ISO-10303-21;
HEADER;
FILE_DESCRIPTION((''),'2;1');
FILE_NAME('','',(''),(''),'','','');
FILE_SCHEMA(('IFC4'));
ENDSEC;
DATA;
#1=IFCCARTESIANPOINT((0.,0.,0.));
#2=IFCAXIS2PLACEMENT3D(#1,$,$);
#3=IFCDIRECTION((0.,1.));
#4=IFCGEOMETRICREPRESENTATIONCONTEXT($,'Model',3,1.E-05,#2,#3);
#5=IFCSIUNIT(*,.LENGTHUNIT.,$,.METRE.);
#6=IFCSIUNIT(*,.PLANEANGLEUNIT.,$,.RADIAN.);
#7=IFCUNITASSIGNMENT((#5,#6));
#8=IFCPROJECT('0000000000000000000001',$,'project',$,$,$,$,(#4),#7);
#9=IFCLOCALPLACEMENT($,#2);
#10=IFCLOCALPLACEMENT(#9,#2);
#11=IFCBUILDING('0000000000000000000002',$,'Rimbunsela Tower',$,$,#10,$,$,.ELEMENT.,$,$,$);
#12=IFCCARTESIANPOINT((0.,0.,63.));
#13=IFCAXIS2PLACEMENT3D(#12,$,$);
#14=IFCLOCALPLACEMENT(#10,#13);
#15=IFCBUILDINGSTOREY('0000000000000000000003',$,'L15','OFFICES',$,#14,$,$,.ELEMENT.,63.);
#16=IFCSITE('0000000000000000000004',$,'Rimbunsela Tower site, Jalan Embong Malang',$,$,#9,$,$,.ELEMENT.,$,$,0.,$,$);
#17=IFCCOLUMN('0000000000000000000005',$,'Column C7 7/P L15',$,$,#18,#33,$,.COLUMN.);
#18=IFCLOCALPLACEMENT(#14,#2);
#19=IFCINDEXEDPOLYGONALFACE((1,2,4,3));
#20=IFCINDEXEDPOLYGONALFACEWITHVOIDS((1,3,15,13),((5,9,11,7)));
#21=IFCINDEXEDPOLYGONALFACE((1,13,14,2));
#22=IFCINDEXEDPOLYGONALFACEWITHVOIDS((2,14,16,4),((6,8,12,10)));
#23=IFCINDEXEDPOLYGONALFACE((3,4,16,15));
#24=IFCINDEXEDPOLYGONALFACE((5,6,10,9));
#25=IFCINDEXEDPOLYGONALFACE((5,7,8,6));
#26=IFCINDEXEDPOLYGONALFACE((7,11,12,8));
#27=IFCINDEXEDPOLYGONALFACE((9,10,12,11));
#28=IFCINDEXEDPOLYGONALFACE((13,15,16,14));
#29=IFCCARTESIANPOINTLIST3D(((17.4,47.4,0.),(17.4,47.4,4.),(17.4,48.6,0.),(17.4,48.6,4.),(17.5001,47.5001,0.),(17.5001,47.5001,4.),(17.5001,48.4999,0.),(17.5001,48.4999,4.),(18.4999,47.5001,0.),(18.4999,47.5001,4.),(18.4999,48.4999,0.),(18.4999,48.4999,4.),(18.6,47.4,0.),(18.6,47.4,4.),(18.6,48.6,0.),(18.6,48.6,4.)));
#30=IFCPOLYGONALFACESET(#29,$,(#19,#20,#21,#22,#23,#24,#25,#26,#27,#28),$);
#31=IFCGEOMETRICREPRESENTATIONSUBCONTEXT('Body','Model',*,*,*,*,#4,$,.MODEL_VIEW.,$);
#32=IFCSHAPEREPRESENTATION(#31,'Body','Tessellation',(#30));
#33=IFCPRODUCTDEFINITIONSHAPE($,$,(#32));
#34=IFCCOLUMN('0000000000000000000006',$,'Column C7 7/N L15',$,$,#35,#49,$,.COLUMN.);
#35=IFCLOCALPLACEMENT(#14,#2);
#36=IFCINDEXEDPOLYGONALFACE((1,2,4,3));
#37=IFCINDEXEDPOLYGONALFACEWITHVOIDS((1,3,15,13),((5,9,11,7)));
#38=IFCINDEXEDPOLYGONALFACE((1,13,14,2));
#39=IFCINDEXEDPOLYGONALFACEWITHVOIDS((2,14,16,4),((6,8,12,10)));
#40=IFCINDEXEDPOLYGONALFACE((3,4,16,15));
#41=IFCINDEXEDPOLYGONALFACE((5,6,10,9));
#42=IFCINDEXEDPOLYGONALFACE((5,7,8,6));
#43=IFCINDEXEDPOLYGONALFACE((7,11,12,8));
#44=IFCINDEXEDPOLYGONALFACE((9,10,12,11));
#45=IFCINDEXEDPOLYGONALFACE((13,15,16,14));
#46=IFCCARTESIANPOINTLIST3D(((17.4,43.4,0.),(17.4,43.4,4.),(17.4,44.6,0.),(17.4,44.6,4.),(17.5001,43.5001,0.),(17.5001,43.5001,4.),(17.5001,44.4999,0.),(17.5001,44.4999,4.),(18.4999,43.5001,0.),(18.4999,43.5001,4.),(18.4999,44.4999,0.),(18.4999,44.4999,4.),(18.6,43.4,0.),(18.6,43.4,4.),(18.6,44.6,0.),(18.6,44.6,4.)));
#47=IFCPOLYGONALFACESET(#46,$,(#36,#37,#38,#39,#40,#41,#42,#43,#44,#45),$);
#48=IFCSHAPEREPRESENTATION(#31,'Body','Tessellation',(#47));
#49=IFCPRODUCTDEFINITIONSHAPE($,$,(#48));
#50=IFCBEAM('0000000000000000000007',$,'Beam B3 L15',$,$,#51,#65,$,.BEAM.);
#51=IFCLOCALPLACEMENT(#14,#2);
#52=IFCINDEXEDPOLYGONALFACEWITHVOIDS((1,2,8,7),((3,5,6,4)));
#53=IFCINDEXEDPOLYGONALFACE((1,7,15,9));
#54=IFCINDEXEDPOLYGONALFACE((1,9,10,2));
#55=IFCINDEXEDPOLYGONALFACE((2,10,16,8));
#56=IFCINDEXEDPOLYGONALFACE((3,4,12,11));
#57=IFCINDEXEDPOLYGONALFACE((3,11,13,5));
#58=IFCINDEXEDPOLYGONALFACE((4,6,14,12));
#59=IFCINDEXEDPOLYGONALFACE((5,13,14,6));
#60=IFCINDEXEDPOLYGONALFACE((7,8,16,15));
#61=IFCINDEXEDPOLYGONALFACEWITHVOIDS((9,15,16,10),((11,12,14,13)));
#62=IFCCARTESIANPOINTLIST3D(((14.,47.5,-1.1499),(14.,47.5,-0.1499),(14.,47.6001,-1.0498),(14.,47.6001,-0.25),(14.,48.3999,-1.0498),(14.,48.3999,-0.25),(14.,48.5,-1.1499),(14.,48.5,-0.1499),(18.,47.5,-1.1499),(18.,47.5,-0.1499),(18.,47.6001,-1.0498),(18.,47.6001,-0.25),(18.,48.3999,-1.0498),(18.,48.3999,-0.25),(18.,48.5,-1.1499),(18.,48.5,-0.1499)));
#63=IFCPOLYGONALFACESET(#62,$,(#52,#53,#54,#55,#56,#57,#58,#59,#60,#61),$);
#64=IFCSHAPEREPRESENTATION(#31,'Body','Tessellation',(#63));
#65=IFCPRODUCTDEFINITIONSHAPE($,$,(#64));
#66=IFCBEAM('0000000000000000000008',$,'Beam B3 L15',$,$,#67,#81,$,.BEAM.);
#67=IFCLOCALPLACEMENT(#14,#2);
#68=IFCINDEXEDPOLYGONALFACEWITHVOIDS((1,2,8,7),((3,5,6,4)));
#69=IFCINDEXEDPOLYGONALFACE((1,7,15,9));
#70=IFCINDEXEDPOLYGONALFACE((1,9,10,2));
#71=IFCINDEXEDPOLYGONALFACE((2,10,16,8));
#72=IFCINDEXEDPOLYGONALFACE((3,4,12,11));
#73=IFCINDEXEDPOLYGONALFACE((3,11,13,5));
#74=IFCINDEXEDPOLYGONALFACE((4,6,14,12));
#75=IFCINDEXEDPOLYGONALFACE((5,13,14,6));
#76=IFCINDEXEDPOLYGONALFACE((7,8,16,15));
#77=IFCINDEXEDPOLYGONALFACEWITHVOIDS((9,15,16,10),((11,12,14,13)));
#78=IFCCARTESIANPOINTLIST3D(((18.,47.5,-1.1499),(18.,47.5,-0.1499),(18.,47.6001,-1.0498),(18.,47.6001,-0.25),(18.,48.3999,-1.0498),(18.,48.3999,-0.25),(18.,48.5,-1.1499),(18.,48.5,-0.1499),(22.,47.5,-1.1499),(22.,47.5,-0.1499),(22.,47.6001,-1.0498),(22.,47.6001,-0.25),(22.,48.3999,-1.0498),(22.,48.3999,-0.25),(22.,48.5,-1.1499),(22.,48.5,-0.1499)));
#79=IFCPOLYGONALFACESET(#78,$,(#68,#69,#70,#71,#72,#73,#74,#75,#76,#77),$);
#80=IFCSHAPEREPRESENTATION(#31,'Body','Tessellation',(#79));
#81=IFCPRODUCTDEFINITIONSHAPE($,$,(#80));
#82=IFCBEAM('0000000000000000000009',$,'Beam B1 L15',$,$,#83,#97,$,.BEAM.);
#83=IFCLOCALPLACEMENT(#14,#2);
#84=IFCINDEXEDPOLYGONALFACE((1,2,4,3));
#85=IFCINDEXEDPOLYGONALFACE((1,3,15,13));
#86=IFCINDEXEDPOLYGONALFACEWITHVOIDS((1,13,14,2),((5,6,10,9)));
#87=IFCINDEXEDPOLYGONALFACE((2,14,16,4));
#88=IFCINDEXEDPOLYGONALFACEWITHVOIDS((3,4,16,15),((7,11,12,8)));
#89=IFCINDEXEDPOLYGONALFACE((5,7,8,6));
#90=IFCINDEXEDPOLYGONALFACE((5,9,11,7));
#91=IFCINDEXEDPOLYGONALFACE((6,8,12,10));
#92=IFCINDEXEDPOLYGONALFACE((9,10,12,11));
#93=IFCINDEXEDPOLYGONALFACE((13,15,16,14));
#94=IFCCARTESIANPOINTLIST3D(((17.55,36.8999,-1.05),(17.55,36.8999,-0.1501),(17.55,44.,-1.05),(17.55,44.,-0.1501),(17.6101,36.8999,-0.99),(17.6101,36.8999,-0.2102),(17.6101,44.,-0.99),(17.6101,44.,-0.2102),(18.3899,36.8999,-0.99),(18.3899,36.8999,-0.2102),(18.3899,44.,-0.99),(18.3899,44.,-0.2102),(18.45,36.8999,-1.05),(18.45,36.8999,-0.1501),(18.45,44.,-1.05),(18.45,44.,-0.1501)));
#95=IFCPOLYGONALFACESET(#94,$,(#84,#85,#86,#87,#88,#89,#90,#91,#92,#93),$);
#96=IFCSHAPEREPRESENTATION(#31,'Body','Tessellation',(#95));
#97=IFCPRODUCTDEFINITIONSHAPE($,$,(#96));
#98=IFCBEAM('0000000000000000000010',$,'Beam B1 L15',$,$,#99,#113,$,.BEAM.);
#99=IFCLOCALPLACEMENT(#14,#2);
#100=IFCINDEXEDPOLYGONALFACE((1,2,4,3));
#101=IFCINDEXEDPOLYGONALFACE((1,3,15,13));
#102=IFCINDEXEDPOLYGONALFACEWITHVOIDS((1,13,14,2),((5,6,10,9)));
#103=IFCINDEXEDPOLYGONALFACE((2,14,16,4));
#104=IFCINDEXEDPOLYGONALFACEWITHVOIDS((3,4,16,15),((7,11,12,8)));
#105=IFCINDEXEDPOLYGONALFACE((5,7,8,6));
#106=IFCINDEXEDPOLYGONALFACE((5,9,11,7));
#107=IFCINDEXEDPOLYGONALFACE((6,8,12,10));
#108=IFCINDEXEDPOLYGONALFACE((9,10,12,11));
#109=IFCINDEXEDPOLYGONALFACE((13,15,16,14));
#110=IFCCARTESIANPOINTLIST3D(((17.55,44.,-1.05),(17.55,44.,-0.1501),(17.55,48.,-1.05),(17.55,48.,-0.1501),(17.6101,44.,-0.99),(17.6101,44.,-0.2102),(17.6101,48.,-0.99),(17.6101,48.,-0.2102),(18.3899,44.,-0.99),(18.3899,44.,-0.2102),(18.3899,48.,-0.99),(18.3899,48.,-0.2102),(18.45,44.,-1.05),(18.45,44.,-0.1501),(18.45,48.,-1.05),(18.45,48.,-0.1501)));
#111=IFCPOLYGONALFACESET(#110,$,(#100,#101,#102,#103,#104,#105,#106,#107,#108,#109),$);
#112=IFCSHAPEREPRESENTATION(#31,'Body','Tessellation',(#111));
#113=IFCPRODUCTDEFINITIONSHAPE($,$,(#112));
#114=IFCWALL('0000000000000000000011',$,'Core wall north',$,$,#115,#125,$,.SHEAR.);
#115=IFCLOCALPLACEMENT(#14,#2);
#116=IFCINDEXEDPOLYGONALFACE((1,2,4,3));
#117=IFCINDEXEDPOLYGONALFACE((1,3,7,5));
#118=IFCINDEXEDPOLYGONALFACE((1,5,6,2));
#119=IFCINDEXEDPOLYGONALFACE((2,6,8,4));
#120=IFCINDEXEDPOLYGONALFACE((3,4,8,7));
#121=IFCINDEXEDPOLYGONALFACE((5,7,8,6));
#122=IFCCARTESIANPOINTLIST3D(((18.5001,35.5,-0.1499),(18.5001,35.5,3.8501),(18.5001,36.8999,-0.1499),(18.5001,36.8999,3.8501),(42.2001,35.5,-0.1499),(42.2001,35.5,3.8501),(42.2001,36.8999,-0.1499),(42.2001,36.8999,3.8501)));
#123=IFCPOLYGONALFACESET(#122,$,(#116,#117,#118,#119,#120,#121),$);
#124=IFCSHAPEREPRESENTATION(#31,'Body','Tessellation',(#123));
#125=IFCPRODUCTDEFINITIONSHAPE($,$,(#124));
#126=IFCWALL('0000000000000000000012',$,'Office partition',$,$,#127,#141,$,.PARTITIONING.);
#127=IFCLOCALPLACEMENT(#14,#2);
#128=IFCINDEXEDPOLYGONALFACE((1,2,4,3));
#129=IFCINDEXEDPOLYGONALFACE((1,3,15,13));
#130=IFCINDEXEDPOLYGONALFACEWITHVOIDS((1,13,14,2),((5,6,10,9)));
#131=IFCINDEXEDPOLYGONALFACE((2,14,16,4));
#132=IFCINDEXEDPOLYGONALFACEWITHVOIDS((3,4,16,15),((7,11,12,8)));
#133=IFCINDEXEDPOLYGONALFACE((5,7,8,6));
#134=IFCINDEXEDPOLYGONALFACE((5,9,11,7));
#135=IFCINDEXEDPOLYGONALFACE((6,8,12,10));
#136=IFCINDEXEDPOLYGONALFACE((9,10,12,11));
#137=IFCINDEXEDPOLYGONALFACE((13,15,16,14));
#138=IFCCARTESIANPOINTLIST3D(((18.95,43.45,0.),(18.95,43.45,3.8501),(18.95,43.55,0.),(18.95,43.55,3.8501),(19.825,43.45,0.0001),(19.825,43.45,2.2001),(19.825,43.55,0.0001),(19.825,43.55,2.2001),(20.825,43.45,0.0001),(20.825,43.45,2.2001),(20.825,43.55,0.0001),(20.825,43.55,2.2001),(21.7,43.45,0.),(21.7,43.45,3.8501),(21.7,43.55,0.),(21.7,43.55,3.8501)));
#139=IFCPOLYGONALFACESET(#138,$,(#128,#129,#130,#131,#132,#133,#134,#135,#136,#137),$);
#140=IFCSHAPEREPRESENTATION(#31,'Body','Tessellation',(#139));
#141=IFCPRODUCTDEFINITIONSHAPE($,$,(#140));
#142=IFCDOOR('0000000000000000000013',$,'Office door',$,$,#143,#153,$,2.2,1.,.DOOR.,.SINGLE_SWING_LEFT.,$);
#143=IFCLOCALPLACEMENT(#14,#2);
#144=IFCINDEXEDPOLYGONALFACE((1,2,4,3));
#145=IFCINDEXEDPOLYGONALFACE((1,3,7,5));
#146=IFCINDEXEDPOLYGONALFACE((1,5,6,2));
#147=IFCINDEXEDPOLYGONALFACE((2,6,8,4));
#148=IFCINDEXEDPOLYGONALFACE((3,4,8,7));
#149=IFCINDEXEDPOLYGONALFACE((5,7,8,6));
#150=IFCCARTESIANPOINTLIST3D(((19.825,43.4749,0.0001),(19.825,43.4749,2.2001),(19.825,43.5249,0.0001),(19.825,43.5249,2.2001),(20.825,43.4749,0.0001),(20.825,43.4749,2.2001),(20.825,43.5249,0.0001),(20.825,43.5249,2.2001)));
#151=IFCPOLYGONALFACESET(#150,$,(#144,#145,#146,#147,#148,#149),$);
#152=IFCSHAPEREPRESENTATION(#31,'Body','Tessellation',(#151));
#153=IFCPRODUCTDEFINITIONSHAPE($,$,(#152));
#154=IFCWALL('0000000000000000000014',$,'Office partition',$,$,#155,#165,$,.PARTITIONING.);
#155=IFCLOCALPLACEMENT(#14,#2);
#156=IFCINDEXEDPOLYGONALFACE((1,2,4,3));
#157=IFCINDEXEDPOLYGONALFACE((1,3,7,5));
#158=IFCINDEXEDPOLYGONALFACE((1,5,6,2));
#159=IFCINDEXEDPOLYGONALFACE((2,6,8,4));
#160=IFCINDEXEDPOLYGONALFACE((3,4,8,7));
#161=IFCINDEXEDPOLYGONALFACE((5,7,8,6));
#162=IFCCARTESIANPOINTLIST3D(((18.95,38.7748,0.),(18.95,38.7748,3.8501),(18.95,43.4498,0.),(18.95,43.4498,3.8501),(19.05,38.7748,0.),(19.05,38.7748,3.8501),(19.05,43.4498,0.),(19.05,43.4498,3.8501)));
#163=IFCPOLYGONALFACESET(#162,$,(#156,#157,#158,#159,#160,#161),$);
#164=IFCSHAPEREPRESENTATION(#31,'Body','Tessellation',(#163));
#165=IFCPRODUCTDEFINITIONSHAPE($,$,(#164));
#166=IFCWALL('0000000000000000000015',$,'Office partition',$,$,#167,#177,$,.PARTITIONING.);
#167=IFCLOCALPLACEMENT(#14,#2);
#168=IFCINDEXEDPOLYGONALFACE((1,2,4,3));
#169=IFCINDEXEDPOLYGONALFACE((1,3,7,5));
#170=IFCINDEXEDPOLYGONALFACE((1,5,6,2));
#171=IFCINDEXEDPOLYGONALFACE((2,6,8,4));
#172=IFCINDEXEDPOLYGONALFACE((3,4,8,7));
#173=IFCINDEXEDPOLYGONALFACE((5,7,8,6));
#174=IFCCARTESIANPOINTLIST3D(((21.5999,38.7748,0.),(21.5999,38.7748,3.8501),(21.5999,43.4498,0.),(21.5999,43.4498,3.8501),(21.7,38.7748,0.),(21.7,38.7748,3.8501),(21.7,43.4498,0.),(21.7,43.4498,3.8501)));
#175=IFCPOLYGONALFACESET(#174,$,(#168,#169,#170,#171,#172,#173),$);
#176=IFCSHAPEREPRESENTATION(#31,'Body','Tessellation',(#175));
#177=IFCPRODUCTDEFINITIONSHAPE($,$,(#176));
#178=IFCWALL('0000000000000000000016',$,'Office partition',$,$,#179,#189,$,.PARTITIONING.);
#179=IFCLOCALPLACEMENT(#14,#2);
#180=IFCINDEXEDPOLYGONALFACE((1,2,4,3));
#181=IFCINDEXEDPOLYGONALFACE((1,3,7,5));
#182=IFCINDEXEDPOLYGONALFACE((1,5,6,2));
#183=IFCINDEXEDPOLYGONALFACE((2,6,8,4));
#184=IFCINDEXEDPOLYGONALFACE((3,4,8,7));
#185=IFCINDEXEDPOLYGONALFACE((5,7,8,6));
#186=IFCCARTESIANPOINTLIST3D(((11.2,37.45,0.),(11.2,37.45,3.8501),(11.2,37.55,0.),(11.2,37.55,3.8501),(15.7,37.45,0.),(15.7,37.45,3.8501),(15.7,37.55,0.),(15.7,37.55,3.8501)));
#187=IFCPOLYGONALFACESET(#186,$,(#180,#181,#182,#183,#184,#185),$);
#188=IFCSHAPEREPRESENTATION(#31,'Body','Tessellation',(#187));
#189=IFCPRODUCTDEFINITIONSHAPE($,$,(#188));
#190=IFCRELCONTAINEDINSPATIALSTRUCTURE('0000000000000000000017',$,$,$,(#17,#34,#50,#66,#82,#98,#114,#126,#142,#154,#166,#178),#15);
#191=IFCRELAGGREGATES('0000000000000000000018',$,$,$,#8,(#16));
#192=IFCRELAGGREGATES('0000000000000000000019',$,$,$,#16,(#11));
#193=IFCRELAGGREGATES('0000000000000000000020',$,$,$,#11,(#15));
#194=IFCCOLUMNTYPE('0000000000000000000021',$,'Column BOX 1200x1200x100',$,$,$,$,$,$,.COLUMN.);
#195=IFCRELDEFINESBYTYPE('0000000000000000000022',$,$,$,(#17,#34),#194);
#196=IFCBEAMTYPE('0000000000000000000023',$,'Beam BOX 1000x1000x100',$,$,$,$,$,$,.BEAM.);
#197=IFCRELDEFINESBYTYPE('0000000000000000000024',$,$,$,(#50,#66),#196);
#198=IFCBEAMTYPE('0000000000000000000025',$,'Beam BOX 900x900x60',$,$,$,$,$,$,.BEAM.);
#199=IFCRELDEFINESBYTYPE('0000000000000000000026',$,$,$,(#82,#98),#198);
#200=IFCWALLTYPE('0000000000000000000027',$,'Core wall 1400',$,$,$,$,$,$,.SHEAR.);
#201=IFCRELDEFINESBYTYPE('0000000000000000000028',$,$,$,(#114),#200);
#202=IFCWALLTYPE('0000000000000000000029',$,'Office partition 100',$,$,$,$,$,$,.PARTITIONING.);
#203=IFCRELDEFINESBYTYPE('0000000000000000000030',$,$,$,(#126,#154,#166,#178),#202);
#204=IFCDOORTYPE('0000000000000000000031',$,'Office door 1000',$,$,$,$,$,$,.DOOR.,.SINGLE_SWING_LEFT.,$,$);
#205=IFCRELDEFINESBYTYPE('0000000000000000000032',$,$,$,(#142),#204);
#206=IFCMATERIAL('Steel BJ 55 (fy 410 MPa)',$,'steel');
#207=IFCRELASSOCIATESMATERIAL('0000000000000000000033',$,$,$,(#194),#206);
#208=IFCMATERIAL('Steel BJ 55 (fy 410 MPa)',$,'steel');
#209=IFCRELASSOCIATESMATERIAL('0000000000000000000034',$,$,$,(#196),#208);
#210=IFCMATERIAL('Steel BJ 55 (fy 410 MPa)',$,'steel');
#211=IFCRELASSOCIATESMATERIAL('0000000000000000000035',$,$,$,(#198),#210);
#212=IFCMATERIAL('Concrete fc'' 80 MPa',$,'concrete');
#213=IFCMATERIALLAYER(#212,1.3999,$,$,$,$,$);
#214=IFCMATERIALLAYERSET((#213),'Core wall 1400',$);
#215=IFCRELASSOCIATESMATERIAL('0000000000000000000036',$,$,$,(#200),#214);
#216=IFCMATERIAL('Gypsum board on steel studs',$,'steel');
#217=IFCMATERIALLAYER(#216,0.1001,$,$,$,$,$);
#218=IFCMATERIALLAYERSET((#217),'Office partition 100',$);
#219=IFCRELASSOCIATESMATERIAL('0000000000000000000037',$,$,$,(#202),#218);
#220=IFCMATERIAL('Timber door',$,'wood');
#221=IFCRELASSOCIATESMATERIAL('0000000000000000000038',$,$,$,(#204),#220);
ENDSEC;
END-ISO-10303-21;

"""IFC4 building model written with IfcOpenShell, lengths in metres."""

from ifc_helpers import new_model, si_unit, direction, frame, frame_2d, origin, origin_2d, place, context, subcontext, project, spatial, rectangle, hollow_rectangle, extrude, material, layer, layer_set, material_profile, profile_set, type_object, element, fill, save


model = new_model("IFC4")

# Units and contexts
model_context = context("Model", 3, precision=1e-05, world=origin(), true_north=direction((0.0, 1.0)))
body_context = subcontext(model_context, "Body", "Model", "MODEL_VIEW")
ifc_project = project(units=[si_unit("LENGTHUNIT", "METRE"), si_unit("PLANEANGLEUNIT", "RADIAN")], contexts=[model_context])

# Site, building, storey
site_placement = place(None, origin())
site = spatial("IfcSite", under=ifc_project, at=site_placement, Name="Rimbunsela Tower site, Jalan Embong Malang", CompositionType="ELEMENT", RefElevation=0.0)
building_placement = place(site_placement, origin())
building = spatial("IfcBuilding", under=site, at=building_placement, Name="Rimbunsela Tower", CompositionType="ELEMENT")
storey_placement = place(building_placement, frame((0.0, 0.0, 63.0)))
storey = spatial("IfcBuildingStorey", under=building, at=storey_placement, Name="L15", Description="OFFICES", CompositionType="ELEMENT", Elevation=63.0)

# Columns
ifc_material_1 = material(Name="Steel BJ 55 (fy 410 MPa)", Category="steel")
ifc_material_profile_1 = material_profile(ifc_material_1, hollow_rectangle(XDim=1.2, YDim=1.2, WallThickness=0.1001, at=origin_2d()), Name="BOX 1200x1200x100")
ifc_profile_set_1 = profile_set([ifc_material_profile_1], Name="Steel BJ 55 (fy 410 MPa)")
column_type = type_object("IfcColumnType", Name="Column BOX 1200x1200x100", PredefinedType="COLUMN", material=ifc_profile_set_1)
for number, where, z_axis, x_axis, name in (
    (1, (18.0, 48.0, 0.0), (0.0, 0.0, 1.0), (1.0, 0.0, 0.0), "Column C7 7/P L15"),
    (2, (18.0, 44.0, 0.0), (0.0, 0.0, 1.0), (1.0, 0.0, 0.0), "Column C7 7/N L15"),
):
    element("IfcColumn", number, at=place(storey_placement, frame(where, z_axis=z_axis, x_axis=x_axis)), inside=storey, type_object=column_type, Name=name, PredefinedType="COLUMN", context=body_context, shape_type="SweptSolid", body=[
        extrude(hollow_rectangle(XDim=1.2, YDim=1.2, WallThickness=0.1001, at=origin_2d()), origin(), (0.0, 0.0, 1.0), 4.0),
    ])

# Beams
ifc_material_2 = material(Name="Steel BJ 55 (fy 410 MPa)", Category="steel")
ifc_material_profile_2 = material_profile(ifc_material_2, hollow_rectangle(XDim=1.0, YDim=1.0, WallThickness=0.1001, at=origin_2d()), Name="BOX 1000x1000x100")
ifc_profile_set_2 = profile_set([ifc_material_profile_2], Name="Steel BJ 55 (fy 410 MPa)")
beam_type_1 = type_object("IfcBeamType", Name="Beam BOX 1000x1000x100", PredefinedType="BEAM", material=ifc_profile_set_2)
for number, where, z_axis, x_axis, name in (
    (3, (14.0, 48.0, -0.6499), (1.0, 0.0, 0.0), (0.0, 1.0, 0.0), "Beam B3 L15"),
    (4, (18.0, 48.0, -0.6499), (1.0, 0.0, 0.0), (0.0, 1.0, 0.0), "Beam B3 L15"),
):
    element("IfcBeam", number, at=place(storey_placement, frame(where, z_axis=z_axis, x_axis=x_axis)), inside=storey, type_object=beam_type_1, Name=name, PredefinedType="BEAM", context=body_context, shape_type="SweptSolid", body=[
        extrude(hollow_rectangle(XDim=1.0, YDim=1.0, WallThickness=0.1001, at=origin_2d()), origin(), (0.0, 0.0, 1.0), 4.0),
    ])
ifc_material_3 = material(Name="Steel BJ 55 (fy 410 MPa)", Category="steel")
ifc_material_profile_3 = material_profile(ifc_material_3, hollow_rectangle(XDim=0.8999, YDim=0.8999, WallThickness=0.0601, at=origin_2d()), Name="BOX 900x900x60")
ifc_profile_set_3 = profile_set([ifc_material_profile_3], Name="Steel BJ 55 (fy 410 MPa)")
beam_type_2 = type_object("IfcBeamType", Name="Beam BOX 900x900x60", PredefinedType="BEAM", material=ifc_profile_set_3)
beam_1_placement = place(storey_placement, frame((18.0, 36.8999, -0.6001), z_axis=(0.0, 1.0, 0.0), x_axis=(-1.0, 0.0, 0.0)))
element("IfcBeam", 5, at=beam_1_placement, inside=storey, type_object=beam_type_2, Name="Beam B1 L15", PredefinedType="BEAM", context=body_context, shape_type="SweptSolid", body=[
    extrude(hollow_rectangle(XDim=0.8999, YDim=0.8999, WallThickness=0.0601, at=origin_2d()), origin(), (0.0, 0.0, 1.0), 7.1001),
])
beam_2_placement = place(storey_placement, frame((18.0, 44.0, -0.6001), z_axis=(0.0, 1.0, 0.0), x_axis=(-1.0, 0.0, 0.0)))
element("IfcBeam", 6, at=beam_2_placement, inside=storey, type_object=beam_type_2, Name="Beam B1 L15", PredefinedType="BEAM", context=body_context, shape_type="SweptSolid", body=[
    extrude(hollow_rectangle(XDim=0.8999, YDim=0.8999, WallThickness=0.0601, at=origin_2d()), origin(), (0.0, 0.0, 1.0), 4.0),
])

# Wall
ifc_material_4 = material(Name="Concrete fc' 80 MPa", Category="concrete")
ifc_layer_1 = layer(ifc_material_4, 1.3999)
ifc_layer_set_1 = layer_set([ifc_layer_1], Name="Core wall 1400")
wall_type_1 = type_object("IfcWallType", Name="Core wall 1400", PredefinedType="SHEAR", material=ifc_layer_set_1)
wall_1_placement = place(storey_placement, frame((18.5, 36.2, -0.1499), z_axis=(0.0, 0.0, 1.0), x_axis=(1.0, 0.0, 0.0)))
element("IfcWall", 7, at=wall_1_placement, inside=storey, type_object=wall_type_1, Name="Core wall north", PredefinedType="SHEAR", context=body_context, shape_type="SweptSolid", body=[
    extrude(rectangle(XDim=23.7, YDim=1.3999, at=frame_2d((11.8501, 0.0))), origin(), (0.0, 0.0, 1.0), 4.0),
])

# Wall, opening, door
ifc_material_5 = material(Name="Gypsum board on steel studs", Category="steel")
ifc_layer_2 = layer(ifc_material_5, 0.1001)
ifc_layer_set_2 = layer_set([ifc_layer_2], Name="Office partition 100")
wall_type_2 = type_object("IfcWallType", Name="Office partition 100", PredefinedType="PARTITIONING", material=ifc_layer_set_2)
wall_2_placement = place(storey_placement, frame((18.95, 43.5, 0.0), z_axis=(0.0, 0.0, 1.0), x_axis=(1.0, 0.0, 0.0)))
wall_2 = element("IfcWall", 8, at=wall_2_placement, inside=storey, type_object=wall_type_2, Name="Office partition", PredefinedType="PARTITIONING", context=body_context, shape_type="SweptSolid", body=[
    extrude(rectangle(XDim=2.75, YDim=0.1001, at=frame_2d((1.375, 0.0))), origin(), (0.0, 0.0, 1.0), 3.8501),
])
opening_1_placement = place(wall_2_placement, frame((0.875, 0.0, 0.0)))
opening_1 = element("IfcOpeningElement", 9, at=opening_1_placement, cuts=wall_2, PredefinedType="OPENING", context=body_context, shape_type="SweptSolid", body=[
    extrude(rectangle(XDim=1.0, YDim=2.2, at=frame_2d((0.5, 1.1001))), frame((0.0, 0.0601, 0.0), z_axis=(0.0, -1.0, 0.0), x_axis=(1.0, 0.0, 0.0)), (0.0, 0.0, 1.0), 0.1201),
])
ifc_material_6 = material(Name="Timber door", Category="wood")
door_type_1 = type_object("IfcDoorType", Name="Office door 1000", OperationType="SINGLE_SWING_LEFT", PredefinedType="DOOR", material=ifc_material_6)
door_1_placement = place(opening_1_placement, origin())
door_1 = element("IfcDoor", 10, at=door_1_placement, inside=storey, type_object=door_type_1, Name="Office door", OperationType="SINGLE_SWING_LEFT", OverallHeight=2.2, OverallWidth=1.0, PredefinedType="DOOR", context=body_context, shape_type="SweptSolid", body=[
    extrude(rectangle(XDim=1.0, YDim=2.2, at=frame_2d((0.5, 1.1001))), frame((0.0, 0.0249, 0.0), z_axis=(0.0, -1.0, 0.0), x_axis=(1.0, 0.0, 0.0)), (0.0, 0.0, 1.0), 0.05),
])
fill(opening_1, door_1)

# Walls
for number, where, z_axis, x_axis, name in (
    (11, (19.0, 38.7749, 0.0), (0.0, 0.0, 1.0), (0.0, 1.0, 0.0), "Office partition"),
    (12, (21.6499, 38.7749, 0.0), (0.0, 0.0, 1.0), (0.0, 1.0, 0.0), "Office partition"),
):
    element("IfcWall", number, at=place(storey_placement, frame(where, z_axis=z_axis, x_axis=x_axis)), inside=storey, type_object=wall_type_2, Name=name, PredefinedType="PARTITIONING", context=body_context, shape_type="SweptSolid", body=[
        extrude(rectangle(XDim=4.675, YDim=0.1001, at=frame_2d((2.3374, 0.0))), origin(), (0.0, 0.0, 1.0), 3.8501),
    ])
wall_3_placement = place(storey_placement, frame((15.7, 37.5, 0.0), z_axis=(0.0, 0.0, 1.0), x_axis=(-1.0, 0.0, 0.0)))
element("IfcWall", 13, at=wall_3_placement, inside=storey, type_object=wall_type_2, Name="Office partition", PredefinedType="PARTITIONING", context=body_context, shape_type="SweptSolid", body=[
    extrude(rectangle(XDim=4.5, YDim=0.1001, at=frame_2d((2.25, 0.0))), origin(), (0.0, 0.0, 1.0), 3.8501),
])

save(model, "model.ifc")
